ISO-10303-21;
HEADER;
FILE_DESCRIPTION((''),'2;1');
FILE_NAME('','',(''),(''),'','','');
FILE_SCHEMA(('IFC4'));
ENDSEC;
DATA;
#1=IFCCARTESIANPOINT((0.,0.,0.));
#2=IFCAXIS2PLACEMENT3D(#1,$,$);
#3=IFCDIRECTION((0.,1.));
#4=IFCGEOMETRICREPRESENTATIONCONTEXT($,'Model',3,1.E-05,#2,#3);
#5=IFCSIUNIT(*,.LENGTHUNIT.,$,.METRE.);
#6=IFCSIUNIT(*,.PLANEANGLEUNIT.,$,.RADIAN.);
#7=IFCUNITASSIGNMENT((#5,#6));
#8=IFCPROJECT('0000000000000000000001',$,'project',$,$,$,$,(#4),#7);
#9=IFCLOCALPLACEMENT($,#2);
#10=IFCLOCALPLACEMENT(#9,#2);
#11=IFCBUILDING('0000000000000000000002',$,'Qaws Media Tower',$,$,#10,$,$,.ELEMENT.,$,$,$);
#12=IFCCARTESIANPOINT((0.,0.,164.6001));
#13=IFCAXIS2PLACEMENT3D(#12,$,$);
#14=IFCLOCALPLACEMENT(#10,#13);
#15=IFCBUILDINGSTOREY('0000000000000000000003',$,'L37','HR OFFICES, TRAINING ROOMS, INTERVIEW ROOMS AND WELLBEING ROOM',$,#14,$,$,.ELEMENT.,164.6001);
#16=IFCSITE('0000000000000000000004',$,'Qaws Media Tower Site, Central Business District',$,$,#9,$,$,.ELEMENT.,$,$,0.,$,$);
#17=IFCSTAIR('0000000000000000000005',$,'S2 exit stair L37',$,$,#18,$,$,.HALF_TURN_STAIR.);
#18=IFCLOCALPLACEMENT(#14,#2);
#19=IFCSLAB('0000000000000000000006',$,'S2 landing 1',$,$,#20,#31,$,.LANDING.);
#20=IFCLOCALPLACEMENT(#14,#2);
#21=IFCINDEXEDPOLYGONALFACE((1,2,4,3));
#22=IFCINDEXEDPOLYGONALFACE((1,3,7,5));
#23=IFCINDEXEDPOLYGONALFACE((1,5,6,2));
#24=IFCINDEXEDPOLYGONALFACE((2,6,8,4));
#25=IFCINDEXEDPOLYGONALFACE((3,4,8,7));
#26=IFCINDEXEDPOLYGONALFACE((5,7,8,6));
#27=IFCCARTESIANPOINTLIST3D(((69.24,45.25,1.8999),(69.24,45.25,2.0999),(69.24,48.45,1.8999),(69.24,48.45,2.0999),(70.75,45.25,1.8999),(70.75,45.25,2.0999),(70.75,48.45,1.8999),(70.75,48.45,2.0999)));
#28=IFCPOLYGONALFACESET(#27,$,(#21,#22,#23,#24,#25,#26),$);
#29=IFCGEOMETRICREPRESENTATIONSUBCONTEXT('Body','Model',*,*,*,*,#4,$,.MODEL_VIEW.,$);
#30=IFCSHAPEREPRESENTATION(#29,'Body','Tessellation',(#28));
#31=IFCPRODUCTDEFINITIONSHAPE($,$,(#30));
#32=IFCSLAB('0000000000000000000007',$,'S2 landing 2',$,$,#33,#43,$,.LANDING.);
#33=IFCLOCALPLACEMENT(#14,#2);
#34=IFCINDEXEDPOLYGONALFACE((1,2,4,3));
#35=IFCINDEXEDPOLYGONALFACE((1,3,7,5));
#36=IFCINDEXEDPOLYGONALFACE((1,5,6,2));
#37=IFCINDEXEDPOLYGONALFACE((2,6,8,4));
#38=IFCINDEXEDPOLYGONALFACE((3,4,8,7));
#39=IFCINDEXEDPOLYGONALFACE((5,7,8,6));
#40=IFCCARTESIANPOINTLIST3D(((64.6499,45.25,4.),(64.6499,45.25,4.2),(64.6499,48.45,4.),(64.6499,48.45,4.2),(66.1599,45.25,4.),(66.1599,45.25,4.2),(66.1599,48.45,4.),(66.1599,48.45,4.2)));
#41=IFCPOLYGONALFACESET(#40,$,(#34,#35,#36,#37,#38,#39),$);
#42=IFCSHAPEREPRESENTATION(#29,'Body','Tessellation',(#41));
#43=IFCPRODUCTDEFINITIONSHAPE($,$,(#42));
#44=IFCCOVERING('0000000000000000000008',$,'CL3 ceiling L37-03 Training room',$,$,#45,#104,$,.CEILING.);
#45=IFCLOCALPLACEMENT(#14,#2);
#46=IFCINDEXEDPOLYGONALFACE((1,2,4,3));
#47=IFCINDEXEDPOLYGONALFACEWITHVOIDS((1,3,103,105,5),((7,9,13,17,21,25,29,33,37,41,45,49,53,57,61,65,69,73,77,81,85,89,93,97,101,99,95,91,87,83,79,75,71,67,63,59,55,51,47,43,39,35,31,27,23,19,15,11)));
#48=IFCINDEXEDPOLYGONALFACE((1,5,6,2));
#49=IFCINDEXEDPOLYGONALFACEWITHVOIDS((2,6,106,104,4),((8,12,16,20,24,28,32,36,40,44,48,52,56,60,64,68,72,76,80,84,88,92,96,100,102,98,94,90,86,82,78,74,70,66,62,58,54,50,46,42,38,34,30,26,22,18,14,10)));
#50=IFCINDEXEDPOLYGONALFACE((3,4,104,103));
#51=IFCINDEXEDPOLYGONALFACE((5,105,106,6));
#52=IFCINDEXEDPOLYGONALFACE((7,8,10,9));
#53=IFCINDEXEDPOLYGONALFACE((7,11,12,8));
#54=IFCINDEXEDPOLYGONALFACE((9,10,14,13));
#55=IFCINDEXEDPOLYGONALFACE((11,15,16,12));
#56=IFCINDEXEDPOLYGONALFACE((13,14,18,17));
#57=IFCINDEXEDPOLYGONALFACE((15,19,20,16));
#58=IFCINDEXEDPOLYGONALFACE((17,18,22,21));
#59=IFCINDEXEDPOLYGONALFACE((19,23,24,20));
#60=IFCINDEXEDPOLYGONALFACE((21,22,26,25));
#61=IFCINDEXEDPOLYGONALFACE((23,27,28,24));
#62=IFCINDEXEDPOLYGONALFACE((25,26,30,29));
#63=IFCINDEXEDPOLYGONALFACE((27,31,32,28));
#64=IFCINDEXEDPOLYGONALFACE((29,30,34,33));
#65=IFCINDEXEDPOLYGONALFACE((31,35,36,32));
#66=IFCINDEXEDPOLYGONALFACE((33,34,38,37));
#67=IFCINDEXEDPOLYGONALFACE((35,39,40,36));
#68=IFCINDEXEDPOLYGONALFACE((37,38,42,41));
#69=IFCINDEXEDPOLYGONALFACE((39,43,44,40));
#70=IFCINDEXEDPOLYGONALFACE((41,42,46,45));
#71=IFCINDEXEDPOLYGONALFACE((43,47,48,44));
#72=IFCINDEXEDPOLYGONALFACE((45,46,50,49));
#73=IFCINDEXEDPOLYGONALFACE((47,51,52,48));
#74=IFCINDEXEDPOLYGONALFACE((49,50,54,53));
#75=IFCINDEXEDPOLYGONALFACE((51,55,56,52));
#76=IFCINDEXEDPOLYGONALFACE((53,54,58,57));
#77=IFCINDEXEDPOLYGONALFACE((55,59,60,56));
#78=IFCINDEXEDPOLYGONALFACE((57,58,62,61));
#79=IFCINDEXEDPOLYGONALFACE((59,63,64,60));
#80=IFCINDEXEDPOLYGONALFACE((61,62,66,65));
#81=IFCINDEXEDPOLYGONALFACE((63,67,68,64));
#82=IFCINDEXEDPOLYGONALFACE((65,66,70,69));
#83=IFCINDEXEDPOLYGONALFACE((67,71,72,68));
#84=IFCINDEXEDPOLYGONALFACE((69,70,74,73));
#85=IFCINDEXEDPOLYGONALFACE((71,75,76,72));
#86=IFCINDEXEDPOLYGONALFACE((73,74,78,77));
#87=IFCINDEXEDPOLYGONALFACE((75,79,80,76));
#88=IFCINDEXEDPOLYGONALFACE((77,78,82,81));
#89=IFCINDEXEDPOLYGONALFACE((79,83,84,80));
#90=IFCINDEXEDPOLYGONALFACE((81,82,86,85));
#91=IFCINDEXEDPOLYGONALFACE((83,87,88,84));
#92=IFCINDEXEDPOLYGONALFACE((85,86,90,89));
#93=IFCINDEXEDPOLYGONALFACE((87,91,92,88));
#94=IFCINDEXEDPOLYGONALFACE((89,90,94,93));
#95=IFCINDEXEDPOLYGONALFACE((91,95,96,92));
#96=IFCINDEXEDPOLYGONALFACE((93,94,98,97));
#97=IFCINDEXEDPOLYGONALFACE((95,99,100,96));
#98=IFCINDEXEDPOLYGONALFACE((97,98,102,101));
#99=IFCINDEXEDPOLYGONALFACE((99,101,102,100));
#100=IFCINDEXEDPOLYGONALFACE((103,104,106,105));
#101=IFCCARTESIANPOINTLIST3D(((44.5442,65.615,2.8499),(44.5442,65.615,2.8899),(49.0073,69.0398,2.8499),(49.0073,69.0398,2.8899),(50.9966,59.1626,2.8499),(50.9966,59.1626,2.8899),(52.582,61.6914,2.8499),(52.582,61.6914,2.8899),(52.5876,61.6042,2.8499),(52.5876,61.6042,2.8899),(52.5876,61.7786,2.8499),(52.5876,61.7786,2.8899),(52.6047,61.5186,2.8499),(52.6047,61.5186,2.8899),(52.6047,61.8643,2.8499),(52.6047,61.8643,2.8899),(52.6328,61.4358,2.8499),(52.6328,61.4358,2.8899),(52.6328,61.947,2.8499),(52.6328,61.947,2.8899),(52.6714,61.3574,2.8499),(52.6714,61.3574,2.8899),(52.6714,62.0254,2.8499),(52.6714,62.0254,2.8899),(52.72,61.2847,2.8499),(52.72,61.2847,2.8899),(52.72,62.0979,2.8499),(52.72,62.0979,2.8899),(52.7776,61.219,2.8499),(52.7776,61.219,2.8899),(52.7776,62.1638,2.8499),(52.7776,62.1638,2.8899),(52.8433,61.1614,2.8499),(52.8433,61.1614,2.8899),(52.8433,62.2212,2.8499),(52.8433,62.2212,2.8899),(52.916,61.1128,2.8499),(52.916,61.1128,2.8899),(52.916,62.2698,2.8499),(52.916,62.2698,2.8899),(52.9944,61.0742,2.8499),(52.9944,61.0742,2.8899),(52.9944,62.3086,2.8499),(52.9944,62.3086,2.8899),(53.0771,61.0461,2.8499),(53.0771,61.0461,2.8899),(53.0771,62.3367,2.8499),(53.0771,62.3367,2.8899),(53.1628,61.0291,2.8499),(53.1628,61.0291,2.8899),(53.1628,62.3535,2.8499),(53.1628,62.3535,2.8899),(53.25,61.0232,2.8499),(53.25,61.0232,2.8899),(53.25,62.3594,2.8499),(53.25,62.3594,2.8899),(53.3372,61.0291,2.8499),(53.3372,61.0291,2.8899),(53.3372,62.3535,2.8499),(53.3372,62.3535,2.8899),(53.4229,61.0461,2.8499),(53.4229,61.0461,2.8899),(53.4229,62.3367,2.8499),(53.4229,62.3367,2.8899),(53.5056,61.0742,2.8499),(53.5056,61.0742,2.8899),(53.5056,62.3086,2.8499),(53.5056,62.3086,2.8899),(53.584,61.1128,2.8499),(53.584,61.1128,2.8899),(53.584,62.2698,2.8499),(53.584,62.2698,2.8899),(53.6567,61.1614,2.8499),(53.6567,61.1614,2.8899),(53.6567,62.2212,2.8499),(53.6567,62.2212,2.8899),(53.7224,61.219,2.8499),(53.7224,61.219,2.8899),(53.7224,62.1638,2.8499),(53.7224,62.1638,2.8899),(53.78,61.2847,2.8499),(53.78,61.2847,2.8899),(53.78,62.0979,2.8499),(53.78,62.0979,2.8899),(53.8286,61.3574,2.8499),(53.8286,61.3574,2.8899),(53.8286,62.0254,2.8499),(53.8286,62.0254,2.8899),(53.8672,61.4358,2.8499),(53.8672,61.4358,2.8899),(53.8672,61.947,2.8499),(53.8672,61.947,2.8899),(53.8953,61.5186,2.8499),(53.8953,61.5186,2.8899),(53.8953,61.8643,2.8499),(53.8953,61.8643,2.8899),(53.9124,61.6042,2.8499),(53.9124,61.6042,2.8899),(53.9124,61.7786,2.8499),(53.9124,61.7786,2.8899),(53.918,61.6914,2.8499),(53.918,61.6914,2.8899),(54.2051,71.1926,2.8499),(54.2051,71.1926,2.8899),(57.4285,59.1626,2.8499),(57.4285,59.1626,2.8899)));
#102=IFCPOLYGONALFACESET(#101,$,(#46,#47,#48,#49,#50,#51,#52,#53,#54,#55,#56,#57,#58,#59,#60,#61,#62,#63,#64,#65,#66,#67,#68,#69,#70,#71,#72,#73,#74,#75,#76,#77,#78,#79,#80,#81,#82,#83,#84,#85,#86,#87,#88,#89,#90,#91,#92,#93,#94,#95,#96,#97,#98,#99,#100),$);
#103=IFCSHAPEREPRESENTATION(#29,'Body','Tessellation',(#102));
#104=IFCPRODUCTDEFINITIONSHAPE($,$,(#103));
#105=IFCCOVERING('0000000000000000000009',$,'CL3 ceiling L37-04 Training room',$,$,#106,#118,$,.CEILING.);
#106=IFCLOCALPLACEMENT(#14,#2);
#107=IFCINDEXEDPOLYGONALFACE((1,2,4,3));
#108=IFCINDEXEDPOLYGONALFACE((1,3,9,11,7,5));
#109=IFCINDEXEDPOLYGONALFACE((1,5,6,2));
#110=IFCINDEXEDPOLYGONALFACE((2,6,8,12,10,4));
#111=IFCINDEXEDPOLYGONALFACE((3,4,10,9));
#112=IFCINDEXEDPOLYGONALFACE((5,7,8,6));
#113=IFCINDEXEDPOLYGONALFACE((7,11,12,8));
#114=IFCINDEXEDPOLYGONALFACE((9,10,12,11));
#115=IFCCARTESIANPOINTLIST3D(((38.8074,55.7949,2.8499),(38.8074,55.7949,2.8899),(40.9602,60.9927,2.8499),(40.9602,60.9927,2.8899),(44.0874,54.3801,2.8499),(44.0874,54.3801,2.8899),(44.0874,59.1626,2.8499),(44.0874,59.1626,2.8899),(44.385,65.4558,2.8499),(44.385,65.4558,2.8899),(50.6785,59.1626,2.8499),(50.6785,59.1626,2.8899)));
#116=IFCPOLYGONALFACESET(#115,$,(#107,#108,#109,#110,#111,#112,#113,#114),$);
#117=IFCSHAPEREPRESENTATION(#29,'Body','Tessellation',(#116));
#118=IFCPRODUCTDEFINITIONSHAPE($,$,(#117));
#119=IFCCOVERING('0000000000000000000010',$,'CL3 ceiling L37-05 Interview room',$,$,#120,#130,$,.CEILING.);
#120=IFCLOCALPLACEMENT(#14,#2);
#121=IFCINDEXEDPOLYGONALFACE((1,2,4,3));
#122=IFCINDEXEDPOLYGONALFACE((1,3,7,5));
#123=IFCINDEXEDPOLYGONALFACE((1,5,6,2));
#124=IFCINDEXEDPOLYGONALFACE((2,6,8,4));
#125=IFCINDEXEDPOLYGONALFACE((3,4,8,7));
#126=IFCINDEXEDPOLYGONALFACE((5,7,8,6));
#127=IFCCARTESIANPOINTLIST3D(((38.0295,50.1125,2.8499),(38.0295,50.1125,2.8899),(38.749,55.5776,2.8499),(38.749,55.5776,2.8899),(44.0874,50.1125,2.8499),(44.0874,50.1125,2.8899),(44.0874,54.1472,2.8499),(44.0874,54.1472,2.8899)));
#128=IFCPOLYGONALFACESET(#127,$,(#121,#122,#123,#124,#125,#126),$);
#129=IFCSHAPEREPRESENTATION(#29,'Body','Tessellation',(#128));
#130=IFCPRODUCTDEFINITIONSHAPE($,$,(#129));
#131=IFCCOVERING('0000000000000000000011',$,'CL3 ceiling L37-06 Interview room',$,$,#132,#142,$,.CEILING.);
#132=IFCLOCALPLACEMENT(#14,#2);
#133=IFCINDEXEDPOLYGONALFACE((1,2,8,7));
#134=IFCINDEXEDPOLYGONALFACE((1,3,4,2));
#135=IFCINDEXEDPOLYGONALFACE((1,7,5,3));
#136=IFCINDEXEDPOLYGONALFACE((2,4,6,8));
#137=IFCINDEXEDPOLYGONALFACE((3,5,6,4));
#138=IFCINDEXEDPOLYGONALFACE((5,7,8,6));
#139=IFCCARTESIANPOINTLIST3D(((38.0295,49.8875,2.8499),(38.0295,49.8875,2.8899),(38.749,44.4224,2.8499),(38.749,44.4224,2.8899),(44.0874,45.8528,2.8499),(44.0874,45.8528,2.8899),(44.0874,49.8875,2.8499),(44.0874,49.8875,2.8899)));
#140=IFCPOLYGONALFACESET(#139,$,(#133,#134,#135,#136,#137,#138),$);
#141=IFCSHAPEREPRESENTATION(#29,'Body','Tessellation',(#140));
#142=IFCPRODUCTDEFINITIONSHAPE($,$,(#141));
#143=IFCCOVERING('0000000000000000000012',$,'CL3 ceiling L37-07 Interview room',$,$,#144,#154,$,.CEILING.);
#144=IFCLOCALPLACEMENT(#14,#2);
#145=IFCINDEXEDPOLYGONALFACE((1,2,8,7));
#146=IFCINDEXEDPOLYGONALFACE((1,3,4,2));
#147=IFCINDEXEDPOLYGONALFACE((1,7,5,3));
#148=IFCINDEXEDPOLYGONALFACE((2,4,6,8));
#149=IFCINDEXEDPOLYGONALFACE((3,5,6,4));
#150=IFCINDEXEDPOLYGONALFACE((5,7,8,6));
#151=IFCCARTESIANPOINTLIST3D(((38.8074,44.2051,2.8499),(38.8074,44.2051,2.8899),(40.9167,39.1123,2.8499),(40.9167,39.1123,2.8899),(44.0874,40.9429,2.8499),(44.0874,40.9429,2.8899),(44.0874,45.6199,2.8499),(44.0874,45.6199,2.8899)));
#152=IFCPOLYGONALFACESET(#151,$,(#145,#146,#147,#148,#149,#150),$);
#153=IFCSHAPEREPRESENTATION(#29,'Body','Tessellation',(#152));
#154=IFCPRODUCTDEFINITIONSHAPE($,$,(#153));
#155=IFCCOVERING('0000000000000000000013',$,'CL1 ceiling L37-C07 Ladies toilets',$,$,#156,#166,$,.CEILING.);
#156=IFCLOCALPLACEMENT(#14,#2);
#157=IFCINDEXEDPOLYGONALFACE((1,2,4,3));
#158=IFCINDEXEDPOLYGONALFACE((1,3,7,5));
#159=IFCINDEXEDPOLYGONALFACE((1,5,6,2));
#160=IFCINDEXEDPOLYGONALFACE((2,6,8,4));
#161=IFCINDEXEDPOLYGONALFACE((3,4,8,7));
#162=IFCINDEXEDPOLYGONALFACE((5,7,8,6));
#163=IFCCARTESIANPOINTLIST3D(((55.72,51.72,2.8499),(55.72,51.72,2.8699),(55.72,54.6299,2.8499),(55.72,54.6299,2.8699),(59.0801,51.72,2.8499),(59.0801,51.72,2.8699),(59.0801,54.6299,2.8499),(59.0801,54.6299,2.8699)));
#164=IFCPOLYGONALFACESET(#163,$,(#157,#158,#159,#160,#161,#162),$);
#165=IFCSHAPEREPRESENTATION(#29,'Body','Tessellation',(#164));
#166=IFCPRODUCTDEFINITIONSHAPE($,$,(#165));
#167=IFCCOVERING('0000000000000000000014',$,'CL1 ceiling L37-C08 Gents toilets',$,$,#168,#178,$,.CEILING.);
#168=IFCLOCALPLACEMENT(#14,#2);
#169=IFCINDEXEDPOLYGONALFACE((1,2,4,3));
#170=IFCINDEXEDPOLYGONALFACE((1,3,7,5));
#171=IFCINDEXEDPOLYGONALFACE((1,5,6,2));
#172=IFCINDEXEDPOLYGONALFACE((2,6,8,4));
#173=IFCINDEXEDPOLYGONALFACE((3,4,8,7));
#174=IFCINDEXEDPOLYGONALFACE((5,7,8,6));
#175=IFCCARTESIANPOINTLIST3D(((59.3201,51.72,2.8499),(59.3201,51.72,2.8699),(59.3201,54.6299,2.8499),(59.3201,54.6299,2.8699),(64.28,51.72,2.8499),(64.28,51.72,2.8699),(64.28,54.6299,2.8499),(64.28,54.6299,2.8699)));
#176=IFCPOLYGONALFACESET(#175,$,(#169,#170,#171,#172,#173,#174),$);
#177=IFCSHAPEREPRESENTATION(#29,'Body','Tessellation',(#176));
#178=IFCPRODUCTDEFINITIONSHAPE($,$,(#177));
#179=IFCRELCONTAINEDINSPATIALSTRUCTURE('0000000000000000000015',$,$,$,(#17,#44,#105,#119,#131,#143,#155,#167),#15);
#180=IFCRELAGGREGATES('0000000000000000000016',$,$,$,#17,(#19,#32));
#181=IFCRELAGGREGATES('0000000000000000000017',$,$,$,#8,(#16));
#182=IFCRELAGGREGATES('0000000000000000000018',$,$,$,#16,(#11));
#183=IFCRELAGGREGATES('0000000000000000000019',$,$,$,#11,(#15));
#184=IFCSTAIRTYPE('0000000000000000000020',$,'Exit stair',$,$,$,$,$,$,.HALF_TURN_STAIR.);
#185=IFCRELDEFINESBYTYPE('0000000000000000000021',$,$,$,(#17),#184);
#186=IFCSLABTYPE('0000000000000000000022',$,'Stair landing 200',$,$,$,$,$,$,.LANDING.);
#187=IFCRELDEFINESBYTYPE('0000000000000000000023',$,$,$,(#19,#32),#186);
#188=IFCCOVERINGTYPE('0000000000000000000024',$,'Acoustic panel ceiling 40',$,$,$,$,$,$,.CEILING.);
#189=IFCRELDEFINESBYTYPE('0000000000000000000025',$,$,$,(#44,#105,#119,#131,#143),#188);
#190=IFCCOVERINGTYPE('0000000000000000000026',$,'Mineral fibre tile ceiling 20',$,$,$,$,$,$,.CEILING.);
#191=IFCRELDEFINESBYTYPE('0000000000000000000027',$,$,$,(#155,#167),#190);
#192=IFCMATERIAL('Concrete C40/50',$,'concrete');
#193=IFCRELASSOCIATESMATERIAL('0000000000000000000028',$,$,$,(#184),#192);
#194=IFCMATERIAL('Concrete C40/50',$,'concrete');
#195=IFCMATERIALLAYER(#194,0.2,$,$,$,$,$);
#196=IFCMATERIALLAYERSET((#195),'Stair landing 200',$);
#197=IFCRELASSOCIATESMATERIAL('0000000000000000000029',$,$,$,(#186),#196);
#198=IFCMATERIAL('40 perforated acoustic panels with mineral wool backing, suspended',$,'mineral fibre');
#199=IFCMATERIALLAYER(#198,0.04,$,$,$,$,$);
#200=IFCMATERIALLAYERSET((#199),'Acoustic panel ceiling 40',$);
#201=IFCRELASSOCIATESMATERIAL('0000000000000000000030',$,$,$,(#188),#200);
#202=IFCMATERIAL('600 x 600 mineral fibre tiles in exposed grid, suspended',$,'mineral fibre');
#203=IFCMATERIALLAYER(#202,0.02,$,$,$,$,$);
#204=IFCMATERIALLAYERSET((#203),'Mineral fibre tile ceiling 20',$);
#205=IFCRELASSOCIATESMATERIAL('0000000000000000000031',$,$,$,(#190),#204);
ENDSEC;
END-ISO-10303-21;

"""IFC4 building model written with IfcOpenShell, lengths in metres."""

from ifc_helpers import new_model, si_unit, direction, frame, origin, place, context, subcontext, project, spatial, polyline, outline, extrude, material, layer, layer_set, type_object, element, aggregate, save


model = new_model("IFC4")

# Units and contexts
model_context = context("Model", 3, precision=1e-05, world=origin(), true_north=direction((0.0, 1.0)))
body_context = subcontext(model_context, "Body", "Model", "MODEL_VIEW")
ifc_project = project(units=[si_unit("LENGTHUNIT", "METRE"), si_unit("PLANEANGLEUNIT", "RADIAN")], contexts=[model_context])

# Site, building, storey
site_placement = place(None, origin())
site = spatial("IfcSite", under=ifc_project, at=site_placement, Name="Qaws Media Tower Site, Central Business District", CompositionType="ELEMENT", RefElevation=0.0)
building_placement = place(site_placement, origin())
building = spatial("IfcBuilding", under=site, at=building_placement, Name="Qaws Media Tower", CompositionType="ELEMENT")
storey_placement = place(building_placement, frame((0.0, 0.0, 164.6001)))
storey = spatial("IfcBuildingStorey", under=building, at=storey_placement, Name="L37", Description="HR OFFICES, TRAINING ROOMS, INTERVIEW ROOMS AND WELLBEING ROOM", CompositionType="ELEMENT", Elevation=164.6001)

# Stair, slabs
ifc_material_1 = material(Name="Concrete C40/50", Category="concrete")
stair_type = type_object("IfcStairType", Name="Exit stair", PredefinedType="HALF_TURN_STAIR", material=ifc_material_1)
ifc_material_2 = material(Name="Concrete C40/50", Category="concrete")
ifc_layer_1 = layer(ifc_material_2, 0.2)
ifc_layer_set_1 = layer_set([ifc_layer_1], Name="Stair landing 200")
slab_type = type_object("IfcSlabType", Name="Stair landing 200", PredefinedType="LANDING", material=ifc_layer_set_1)
stair_1_placement = place(storey_placement, origin())
stair_1 = element("IfcStair", 1, at=stair_1_placement, inside=storey, type_object=stair_type, Name="S2 exit stair L37", PredefinedType="HALF_TURN_STAIR")
slab_1_placement = place(storey_placement, frame((0.0, 0.0, 1.8999)))
slab_1 = element("IfcSlab", 2, at=slab_1_placement, type_object=slab_type, Name="S2 landing 1", PredefinedType="LANDING", context=body_context, shape_type="SweptSolid", body=[
    extrude(outline(polyline([(69.24, 45.25), (70.75, 45.25), (70.75, 48.45), (69.24, 48.45), (69.24, 45.25)])), origin(), (0.0, 0.0, 1.0), 0.2),
])
slab_2_placement = place(storey_placement, frame((0.0, 0.0, 4.0)))
slab_2 = element("IfcSlab", 3, at=slab_2_placement, type_object=slab_type, Name="S2 landing 2", PredefinedType="LANDING", context=body_context, shape_type="SweptSolid", body=[
    extrude(outline(polyline([(64.6499, 45.25), (66.1599, 45.25), (66.1599, 48.45), (64.6499, 48.45), (64.6499, 45.25)])), origin(), (0.0, 0.0, 1.0), 0.2),
])
aggregate(stair_1, [slab_1, slab_2])

# Coverings
ifc_material_3 = material(Name="40 perforated acoustic panels with mineral wool backing, suspended", Category="mineral fibre")
ifc_layer_2 = layer(ifc_material_3, 0.04)
ifc_layer_set_2 = layer_set([ifc_layer_2], Name="Acoustic panel ceiling 40")
covering_type_1 = type_object("IfcCoveringType", Name="Acoustic panel ceiling 40", PredefinedType="CEILING", material=ifc_layer_set_2)
covering_1_placement = place(storey_placement, frame((0.0, 0.0, 2.8499)))
element("IfcCovering", 4, at=covering_1_placement, inside=storey, type_object=covering_type_1, Name="CL3 ceiling L37-03 Training room", PredefinedType="CEILING", context=body_context, shape_type="SweptSolid", body=[
    extrude(outline(polyline([(49.0073, 69.0398), (54.2051, 71.1926), (57.4285, 59.1626), (50.9966, 59.1626), (44.5442, 65.615), (49.0073, 69.0398)]), holes=[polyline([(53.8672, 61.4358), (53.8953, 61.5186), (53.9124, 61.6042), (53.918, 61.6914), (53.9124, 61.7786), (53.8953, 61.8643), (53.8672, 61.947), (53.8286, 62.0254), (53.78, 62.0979), (53.7224, 62.1638), (53.6567, 62.2212), (53.584, 62.2698), (53.5056, 62.3086), (53.4229, 62.3367), (53.3372, 62.3535), (53.25, 62.3594), (53.1628, 62.3535), (53.0771, 62.3367), (52.9944, 62.3086), (52.916, 62.2698), (52.8433, 62.2212), (52.7776, 62.1638), (52.72, 62.0979), (52.6714, 62.0254), (52.6328, 61.947), (52.6047, 61.8643), (52.5876, 61.7786), (52.582, 61.6914), (52.5876, 61.6042), (52.6047, 61.5186), (52.6328, 61.4358), (52.6714, 61.3574), (52.72, 61.2847), (52.7776, 61.219), (52.8433, 61.1614), (52.916, 61.1128), (52.9944, 61.0742), (53.0771, 61.0461), (53.1628, 61.0291), (53.25, 61.0232), (53.3372, 61.0291), (53.4229, 61.0461), (53.5056, 61.0742), (53.584, 61.1128), (53.6567, 61.1614), (53.7224, 61.219), (53.78, 61.2847), (53.8286, 61.3574), (53.8672, 61.4358)])]), origin(), (0.0, 0.0, 1.0), 0.04),
])
covering_2_placement = place(storey_placement, frame((0.0, 0.0, 2.8499)))
element("IfcCovering", 5, at=covering_2_placement, inside=storey, type_object=covering_type_1, Name="CL3 ceiling L37-04 Training room", PredefinedType="CEILING", context=body_context, shape_type="SweptSolid", body=[
    extrude(outline(polyline([(40.9602, 60.9927), (44.385, 65.4558), (50.6785, 59.1626), (44.0874, 59.1626), (44.0874, 54.3801), (38.8074, 55.7949), (40.9602, 60.9927)])), origin(), (0.0, 0.0, 1.0), 0.04),
])
covering_3_placement = place(storey_placement, frame((0.0, 0.0, 2.8499)))
element("IfcCovering", 6, at=covering_3_placement, inside=storey, type_object=covering_type_1, Name="CL3 ceiling L37-05 Interview room", PredefinedType="CEILING", context=body_context, shape_type="SweptSolid", body=[
    extrude(outline(polyline([(38.749, 55.5776), (44.0874, 54.1472), (44.0874, 50.1125), (38.0295, 50.1125), (38.749, 55.5776)])), origin(), (0.0, 0.0, 1.0), 0.04),
])
covering_4_placement = place(storey_placement, frame((0.0, 0.0, 2.8499)))
element("IfcCovering", 7, at=covering_4_placement, inside=storey, type_object=covering_type_1, Name="CL3 ceiling L37-06 Interview room", PredefinedType="CEILING", context=body_context, shape_type="SweptSolid", body=[
    extrude(outline(polyline([(38.0295, 49.8875), (44.0874, 49.8875), (44.0874, 45.8528), (38.749, 44.4224), (38.0295, 49.8875)])), origin(), (0.0, 0.0, 1.0), 0.04),
])
covering_5_placement = place(storey_placement, frame((0.0, 0.0, 2.8499)))
element("IfcCovering", 8, at=covering_5_placement, inside=storey, type_object=covering_type_1, Name="CL3 ceiling L37-07 Interview room", PredefinedType="CEILING", context=body_context, shape_type="SweptSolid", body=[
    extrude(outline(polyline([(38.8074, 44.2051), (44.0874, 45.6199), (44.0874, 40.9429), (40.9167, 39.1123), (38.8074, 44.2051)])), origin(), (0.0, 0.0, 1.0), 0.04),
])
ifc_material_4 = material(Name="600 x 600 mineral fibre tiles in exposed grid, suspended", Category="mineral fibre")
ifc_layer_3 = layer(ifc_material_4, 0.02)
ifc_layer_set_3 = layer_set([ifc_layer_3], Name="Mineral fibre tile ceiling 20")
covering_type_2 = type_object("IfcCoveringType", Name="Mineral fibre tile ceiling 20", PredefinedType="CEILING", material=ifc_layer_set_3)
covering_6_placement = place(storey_placement, frame((0.0, 0.0, 2.8499)))
element("IfcCovering", 9, at=covering_6_placement, inside=storey, type_object=covering_type_2, Name="CL1 ceiling L37-C07 Ladies toilets", PredefinedType="CEILING", context=body_context, shape_type="SweptSolid", body=[
    extrude(outline(polyline([(55.72, 51.72), (55.72, 54.6299), (59.0801, 54.6299), (59.0801, 51.72), (55.72, 51.72)])), origin(), (0.0, 0.0, 1.0), 0.02),
])
covering_7_placement = place(storey_placement, frame((0.0, 0.0, 2.8499)))
element("IfcCovering", 10, at=covering_7_placement, inside=storey, type_object=covering_type_2, Name="CL1 ceiling L37-C08 Gents toilets", PredefinedType="CEILING", context=body_context, shape_type="SweptSolid", body=[
    extrude(outline(polyline([(59.3201, 51.72), (59.3201, 54.6299), (64.28, 54.6299), (64.28, 51.72), (59.3201, 51.72)])), origin(), (0.0, 0.0, 1.0), 0.02),
])

save(model, "model.ifc")
